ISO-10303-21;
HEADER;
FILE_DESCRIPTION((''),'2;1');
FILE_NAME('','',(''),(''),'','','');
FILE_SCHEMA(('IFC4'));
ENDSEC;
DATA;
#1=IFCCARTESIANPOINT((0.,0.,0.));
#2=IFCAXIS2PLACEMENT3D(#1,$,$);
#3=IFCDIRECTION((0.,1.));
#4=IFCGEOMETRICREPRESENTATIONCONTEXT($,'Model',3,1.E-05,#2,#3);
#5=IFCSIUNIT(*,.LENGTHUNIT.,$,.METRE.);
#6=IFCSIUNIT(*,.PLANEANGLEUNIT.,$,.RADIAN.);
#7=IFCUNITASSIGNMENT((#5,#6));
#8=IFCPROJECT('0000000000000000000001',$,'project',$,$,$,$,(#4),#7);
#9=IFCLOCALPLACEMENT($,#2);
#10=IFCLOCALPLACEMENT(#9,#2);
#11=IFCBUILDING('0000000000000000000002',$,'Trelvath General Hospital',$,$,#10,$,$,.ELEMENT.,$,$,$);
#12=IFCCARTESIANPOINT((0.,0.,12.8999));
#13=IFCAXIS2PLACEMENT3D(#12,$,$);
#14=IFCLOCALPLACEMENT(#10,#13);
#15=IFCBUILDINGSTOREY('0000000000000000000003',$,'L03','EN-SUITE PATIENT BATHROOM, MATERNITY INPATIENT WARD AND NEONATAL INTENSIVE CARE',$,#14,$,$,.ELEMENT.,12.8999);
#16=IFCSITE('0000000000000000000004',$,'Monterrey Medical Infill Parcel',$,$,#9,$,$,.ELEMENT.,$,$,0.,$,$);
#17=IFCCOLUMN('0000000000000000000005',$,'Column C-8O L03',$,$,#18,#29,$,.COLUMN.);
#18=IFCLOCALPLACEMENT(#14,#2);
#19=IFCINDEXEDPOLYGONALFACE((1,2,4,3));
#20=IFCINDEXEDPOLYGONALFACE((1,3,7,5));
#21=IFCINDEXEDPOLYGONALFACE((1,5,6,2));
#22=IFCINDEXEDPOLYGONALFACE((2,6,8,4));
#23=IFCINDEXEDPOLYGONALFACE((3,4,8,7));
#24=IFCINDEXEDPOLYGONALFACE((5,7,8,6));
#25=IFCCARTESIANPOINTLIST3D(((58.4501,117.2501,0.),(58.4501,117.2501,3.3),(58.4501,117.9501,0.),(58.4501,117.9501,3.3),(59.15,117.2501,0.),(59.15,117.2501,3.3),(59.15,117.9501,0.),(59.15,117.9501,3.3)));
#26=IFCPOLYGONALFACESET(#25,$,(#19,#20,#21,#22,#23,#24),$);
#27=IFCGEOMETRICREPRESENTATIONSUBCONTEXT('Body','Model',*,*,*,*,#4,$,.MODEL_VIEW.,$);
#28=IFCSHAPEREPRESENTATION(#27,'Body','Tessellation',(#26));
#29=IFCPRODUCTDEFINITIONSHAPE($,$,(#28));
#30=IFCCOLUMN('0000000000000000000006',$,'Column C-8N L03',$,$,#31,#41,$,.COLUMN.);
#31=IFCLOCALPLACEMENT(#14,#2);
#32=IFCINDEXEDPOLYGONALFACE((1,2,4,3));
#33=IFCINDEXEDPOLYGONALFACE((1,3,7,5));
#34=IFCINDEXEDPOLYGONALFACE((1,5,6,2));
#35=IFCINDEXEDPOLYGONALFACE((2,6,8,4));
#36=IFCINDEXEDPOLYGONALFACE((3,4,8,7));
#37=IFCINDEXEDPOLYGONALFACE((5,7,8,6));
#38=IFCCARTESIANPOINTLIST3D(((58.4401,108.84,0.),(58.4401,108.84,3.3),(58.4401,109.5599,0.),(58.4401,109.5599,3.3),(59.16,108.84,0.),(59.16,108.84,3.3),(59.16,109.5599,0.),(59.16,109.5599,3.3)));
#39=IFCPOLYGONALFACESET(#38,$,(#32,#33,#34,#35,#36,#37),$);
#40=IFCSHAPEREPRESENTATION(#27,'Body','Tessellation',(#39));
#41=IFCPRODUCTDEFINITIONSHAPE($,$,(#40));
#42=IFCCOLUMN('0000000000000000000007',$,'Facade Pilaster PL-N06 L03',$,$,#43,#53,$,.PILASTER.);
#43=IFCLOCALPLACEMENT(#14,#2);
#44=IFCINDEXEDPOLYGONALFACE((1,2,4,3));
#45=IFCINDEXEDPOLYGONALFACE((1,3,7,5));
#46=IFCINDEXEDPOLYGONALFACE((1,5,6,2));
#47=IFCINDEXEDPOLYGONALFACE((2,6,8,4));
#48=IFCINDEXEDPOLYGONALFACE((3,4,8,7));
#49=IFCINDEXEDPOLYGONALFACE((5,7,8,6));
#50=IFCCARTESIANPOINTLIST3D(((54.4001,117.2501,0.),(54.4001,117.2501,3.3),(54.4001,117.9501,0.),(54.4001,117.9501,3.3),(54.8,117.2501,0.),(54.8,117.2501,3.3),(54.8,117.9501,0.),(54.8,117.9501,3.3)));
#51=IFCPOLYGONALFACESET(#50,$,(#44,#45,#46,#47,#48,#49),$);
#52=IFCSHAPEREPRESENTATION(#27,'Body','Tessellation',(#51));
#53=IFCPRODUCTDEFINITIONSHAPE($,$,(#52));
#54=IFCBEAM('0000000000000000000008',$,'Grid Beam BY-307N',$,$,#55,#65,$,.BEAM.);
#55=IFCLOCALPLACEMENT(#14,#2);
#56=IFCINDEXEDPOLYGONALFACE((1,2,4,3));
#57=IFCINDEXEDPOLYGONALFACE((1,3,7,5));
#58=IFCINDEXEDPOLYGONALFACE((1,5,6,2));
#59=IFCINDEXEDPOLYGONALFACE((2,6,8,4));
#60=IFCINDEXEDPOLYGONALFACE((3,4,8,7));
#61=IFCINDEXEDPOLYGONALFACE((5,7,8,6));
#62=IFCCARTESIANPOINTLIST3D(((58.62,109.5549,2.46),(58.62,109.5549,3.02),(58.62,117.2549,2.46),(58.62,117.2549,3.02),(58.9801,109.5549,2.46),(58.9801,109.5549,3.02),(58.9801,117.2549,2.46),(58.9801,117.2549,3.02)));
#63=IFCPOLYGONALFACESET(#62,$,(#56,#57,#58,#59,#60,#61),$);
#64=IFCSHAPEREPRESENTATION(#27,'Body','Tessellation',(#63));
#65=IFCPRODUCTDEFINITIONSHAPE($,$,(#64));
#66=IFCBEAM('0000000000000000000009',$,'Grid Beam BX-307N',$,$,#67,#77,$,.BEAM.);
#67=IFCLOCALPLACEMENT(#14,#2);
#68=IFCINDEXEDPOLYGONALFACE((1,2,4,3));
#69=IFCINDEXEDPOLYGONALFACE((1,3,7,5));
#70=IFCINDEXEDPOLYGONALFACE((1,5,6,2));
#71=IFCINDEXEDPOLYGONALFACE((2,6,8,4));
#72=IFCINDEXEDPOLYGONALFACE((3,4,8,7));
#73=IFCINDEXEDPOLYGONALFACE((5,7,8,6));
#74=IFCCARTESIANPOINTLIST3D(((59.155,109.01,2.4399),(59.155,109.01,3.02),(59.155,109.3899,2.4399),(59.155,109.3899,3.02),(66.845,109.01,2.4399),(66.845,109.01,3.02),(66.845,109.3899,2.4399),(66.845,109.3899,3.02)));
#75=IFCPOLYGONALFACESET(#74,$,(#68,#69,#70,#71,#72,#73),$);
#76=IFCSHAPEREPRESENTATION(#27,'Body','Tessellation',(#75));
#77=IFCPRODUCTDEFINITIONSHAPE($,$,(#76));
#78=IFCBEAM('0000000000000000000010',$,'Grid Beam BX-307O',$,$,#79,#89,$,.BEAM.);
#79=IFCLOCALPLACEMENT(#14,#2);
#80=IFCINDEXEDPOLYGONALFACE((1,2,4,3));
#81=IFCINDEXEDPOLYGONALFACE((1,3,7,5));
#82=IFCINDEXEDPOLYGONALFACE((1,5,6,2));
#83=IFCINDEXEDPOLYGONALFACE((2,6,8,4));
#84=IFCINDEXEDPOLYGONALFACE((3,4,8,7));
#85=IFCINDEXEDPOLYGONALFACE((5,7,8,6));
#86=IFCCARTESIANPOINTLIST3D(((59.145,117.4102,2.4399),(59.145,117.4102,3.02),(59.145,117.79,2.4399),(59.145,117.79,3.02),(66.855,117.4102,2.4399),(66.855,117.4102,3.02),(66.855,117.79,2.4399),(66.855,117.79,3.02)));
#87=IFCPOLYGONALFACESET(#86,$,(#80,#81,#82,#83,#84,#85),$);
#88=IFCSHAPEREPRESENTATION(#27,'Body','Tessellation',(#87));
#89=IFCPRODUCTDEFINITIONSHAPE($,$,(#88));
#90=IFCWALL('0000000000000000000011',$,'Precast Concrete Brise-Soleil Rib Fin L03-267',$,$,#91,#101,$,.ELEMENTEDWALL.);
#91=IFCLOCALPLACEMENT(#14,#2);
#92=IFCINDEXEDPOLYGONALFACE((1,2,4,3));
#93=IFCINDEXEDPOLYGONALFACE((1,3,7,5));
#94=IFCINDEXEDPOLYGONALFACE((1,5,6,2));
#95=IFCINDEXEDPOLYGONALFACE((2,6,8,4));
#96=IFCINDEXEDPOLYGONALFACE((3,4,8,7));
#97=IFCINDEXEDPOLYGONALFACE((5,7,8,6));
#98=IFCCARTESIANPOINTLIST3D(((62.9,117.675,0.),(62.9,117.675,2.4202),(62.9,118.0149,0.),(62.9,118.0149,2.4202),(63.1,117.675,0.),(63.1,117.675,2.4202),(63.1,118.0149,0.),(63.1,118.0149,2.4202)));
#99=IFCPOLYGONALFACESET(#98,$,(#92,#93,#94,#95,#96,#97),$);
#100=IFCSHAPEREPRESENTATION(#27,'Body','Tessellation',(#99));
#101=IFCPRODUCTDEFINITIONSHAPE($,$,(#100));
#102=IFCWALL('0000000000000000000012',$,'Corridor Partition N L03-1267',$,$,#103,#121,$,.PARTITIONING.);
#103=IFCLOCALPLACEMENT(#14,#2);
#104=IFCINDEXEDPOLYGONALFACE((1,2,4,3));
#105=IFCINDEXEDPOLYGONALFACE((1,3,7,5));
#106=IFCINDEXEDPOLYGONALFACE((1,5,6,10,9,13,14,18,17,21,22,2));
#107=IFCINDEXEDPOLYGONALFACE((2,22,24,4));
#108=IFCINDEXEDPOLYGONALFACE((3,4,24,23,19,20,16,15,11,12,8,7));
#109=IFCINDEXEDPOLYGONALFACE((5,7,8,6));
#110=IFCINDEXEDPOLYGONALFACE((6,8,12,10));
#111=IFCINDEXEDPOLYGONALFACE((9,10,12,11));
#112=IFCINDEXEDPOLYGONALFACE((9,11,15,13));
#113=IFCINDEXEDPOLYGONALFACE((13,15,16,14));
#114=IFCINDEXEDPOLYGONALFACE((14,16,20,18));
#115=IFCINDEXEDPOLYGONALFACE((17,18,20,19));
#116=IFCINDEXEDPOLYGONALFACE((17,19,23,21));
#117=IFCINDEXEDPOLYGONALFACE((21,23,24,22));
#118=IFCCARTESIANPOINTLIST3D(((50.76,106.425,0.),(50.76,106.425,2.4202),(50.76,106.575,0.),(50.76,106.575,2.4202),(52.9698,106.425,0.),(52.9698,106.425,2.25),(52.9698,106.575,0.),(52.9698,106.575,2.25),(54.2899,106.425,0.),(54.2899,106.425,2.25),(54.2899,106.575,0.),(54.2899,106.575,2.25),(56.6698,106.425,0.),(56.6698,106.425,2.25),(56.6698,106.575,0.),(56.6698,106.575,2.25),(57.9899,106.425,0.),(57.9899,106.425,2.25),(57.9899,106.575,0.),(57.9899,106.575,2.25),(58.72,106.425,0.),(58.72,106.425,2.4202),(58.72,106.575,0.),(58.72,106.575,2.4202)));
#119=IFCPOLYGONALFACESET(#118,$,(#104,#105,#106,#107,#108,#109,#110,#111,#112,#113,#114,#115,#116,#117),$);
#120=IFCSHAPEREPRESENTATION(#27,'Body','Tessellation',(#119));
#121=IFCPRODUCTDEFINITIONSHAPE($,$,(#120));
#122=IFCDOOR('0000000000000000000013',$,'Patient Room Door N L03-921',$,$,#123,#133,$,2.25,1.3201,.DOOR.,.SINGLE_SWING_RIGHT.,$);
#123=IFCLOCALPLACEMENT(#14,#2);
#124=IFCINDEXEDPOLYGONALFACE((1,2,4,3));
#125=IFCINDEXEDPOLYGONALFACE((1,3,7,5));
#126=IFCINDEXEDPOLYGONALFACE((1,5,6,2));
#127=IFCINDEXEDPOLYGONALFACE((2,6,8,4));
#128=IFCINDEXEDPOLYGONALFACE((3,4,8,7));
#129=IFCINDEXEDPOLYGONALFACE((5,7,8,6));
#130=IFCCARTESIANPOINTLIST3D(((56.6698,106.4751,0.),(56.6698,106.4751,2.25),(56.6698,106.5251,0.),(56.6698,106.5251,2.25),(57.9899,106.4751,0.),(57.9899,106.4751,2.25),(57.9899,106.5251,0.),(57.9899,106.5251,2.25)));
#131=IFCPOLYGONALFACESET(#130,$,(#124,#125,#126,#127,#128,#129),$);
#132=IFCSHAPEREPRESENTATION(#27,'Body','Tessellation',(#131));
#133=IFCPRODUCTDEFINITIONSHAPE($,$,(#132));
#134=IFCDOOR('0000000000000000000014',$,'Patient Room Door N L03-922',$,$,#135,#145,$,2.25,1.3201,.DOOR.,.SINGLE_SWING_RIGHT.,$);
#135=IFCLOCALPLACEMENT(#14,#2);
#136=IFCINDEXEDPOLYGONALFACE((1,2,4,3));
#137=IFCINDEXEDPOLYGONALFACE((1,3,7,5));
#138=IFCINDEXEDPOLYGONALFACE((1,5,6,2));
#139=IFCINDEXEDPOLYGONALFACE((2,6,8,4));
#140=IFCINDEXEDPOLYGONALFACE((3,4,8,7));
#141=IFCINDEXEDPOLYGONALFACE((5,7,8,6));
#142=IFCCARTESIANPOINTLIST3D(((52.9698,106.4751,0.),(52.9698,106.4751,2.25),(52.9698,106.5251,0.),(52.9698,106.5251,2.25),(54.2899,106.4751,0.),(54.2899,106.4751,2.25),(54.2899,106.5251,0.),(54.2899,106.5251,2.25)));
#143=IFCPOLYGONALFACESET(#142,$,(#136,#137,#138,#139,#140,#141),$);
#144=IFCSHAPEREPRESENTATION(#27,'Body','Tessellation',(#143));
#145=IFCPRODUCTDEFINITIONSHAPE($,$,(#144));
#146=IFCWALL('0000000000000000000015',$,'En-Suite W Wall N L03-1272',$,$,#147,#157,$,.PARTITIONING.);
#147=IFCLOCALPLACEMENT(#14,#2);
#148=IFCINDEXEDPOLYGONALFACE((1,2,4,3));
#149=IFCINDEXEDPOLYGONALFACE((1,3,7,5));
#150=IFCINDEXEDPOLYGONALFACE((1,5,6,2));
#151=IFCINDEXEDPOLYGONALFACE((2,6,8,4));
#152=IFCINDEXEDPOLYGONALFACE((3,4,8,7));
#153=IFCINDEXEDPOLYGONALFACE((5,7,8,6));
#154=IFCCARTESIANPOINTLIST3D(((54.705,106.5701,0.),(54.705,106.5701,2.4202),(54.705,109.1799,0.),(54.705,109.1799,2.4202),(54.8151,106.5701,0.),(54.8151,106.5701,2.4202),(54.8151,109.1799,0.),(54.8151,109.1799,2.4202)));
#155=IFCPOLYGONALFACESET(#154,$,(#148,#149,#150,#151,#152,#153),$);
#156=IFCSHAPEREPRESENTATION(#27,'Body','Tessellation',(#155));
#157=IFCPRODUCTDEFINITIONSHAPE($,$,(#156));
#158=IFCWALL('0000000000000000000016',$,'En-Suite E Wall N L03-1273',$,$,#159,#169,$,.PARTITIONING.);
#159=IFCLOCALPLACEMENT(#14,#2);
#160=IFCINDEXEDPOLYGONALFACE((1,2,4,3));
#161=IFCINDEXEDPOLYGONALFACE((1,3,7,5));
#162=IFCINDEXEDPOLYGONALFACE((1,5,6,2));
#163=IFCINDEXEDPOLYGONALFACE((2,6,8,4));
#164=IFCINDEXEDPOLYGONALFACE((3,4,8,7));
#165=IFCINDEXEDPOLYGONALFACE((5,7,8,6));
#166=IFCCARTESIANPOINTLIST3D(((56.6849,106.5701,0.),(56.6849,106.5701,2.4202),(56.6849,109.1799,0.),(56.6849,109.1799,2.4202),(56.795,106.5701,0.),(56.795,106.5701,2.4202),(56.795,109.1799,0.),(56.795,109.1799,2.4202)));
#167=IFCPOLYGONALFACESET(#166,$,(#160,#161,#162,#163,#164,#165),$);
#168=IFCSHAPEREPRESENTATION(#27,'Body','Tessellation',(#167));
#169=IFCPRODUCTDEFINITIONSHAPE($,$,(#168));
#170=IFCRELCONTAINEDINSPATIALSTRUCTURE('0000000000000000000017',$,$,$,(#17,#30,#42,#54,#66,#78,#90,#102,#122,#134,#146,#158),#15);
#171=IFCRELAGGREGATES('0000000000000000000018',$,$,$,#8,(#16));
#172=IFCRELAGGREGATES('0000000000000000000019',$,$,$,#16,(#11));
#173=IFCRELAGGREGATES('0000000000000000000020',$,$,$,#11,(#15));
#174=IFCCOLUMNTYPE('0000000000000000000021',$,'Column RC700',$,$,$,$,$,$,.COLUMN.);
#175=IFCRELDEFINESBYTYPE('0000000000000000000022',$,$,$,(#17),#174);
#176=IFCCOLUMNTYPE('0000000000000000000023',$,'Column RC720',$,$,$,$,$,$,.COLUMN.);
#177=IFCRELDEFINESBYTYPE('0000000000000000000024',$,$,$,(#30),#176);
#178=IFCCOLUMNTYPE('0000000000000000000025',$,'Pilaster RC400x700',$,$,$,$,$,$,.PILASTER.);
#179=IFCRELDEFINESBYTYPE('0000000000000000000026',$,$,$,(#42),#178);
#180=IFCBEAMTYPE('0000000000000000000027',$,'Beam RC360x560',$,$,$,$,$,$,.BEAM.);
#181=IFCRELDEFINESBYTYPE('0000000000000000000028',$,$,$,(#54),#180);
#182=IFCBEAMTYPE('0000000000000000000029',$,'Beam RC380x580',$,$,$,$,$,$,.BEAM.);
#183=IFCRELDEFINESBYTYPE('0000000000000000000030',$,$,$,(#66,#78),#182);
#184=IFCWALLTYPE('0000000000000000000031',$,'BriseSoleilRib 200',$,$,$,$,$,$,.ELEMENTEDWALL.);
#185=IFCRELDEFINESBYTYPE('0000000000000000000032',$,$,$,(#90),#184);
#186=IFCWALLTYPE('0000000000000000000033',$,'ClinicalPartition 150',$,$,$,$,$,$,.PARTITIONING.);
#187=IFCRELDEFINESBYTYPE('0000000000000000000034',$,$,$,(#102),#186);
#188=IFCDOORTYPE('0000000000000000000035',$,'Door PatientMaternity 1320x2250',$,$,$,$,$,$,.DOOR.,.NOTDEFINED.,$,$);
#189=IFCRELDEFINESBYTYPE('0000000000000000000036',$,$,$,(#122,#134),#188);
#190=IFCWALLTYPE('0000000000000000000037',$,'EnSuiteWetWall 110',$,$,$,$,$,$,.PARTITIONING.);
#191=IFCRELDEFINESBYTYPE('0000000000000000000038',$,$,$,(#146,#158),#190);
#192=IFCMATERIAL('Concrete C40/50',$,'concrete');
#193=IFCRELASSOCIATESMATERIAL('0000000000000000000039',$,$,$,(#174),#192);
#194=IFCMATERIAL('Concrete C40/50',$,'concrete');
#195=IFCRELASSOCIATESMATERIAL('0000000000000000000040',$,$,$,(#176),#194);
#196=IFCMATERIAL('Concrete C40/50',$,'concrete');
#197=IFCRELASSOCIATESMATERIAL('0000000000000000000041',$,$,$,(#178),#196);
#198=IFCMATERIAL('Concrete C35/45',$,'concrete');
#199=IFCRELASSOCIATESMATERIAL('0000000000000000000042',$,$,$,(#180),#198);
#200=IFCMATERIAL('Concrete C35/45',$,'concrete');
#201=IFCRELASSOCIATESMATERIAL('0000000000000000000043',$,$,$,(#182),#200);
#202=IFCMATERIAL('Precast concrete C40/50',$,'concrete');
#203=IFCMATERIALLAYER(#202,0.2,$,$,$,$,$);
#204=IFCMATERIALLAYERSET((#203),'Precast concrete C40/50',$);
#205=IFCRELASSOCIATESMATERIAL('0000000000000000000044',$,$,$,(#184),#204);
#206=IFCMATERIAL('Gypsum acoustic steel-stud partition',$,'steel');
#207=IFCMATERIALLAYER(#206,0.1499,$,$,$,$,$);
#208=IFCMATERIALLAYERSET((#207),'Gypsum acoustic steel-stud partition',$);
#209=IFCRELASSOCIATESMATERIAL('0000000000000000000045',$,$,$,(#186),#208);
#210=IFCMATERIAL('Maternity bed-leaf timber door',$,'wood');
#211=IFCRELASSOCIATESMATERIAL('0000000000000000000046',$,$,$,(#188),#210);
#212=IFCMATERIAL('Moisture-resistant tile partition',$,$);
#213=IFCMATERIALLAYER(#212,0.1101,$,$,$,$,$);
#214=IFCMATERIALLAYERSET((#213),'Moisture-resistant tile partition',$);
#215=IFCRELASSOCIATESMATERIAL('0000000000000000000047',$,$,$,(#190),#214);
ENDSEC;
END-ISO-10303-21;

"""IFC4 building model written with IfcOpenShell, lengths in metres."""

from ifc_helpers import new_model, si_unit, direction, frame, frame_2d, origin, origin_2d, place, context, subcontext, project, spatial, rectangle, extrude, material, layer, layer_set, material_profile, profile_set, type_object, element, fill, save


model = new_model("IFC4")

# Units and contexts
model_context = context("Model", 3, precision=1e-05, world=origin(), true_north=direction((0.0, 1.0)))
body_context = subcontext(model_context, "Body", "Model", "MODEL_VIEW")
ifc_project = project(units=[si_unit("LENGTHUNIT", "METRE"), si_unit("PLANEANGLEUNIT", "RADIAN")], contexts=[model_context])

# Site, building, storey
site_placement = place(None, origin())
site = spatial("IfcSite", under=ifc_project, at=site_placement, Name="Monterrey Medical Infill Parcel", CompositionType="ELEMENT", RefElevation=0.0)
building_placement = place(site_placement, origin())
building = spatial("IfcBuilding", under=site, at=building_placement, Name="Trelvath General Hospital", CompositionType="ELEMENT")
storey_placement = place(building_placement, frame((0.0, 0.0, 12.8999)))
storey = spatial("IfcBuildingStorey", under=building, at=storey_placement, Name="L03", Description="EN-SUITE PATIENT BATHROOM, MATERNITY INPATIENT WARD AND NEONATAL INTENSIVE CARE", CompositionType="ELEMENT", Elevation=12.8999)

# Columns
ifc_material_1 = material(Name="Concrete C40/50", Category="concrete")
ifc_material_profile_1 = material_profile(ifc_material_1, rectangle(XDim=0.7, YDim=0.7, at=origin_2d()), Name="RC700x700")
ifc_profile_set_1 = profile_set([ifc_material_profile_1], Name="Concrete C40/50")
column_type_1 = type_object("IfcColumnType", Name="Column RC700", PredefinedType="COLUMN", material=ifc_profile_set_1)
column_1_placement = place(storey_placement, frame((58.8, 117.6001, 0.0), z_axis=(0.0, 0.0, 1.0), x_axis=(1.0, 0.0, 0.0)))
element("IfcColumn", 1, at=column_1_placement, inside=storey, type_object=column_type_1, Name="Column C-8O L03", PredefinedType="COLUMN", context=body_context, shape_type="SweptSolid", body=[
    extrude(rectangle(XDim=0.7, YDim=0.7, at=origin_2d()), origin(), (0.0, 0.0, 1.0), 3.3),
])
ifc_material_2 = material(Name="Concrete C40/50", Category="concrete")
ifc_material_profile_2 = material_profile(ifc_material_2, rectangle(XDim=0.72, YDim=0.72, at=origin_2d()), Name="RC720x720")
ifc_profile_set_2 = profile_set([ifc_material_profile_2], Name="Concrete C40/50")
column_type_2 = type_object("IfcColumnType", Name="Column RC720", PredefinedType="COLUMN", material=ifc_profile_set_2)
column_2_placement = place(storey_placement, frame((58.8, 109.2, 0.0), z_axis=(0.0, 0.0, 1.0), x_axis=(1.0, 0.0, 0.0)))
element("IfcColumn", 2, at=column_2_placement, inside=storey, type_object=column_type_2, Name="Column C-8N L03", PredefinedType="COLUMN", context=body_context, shape_type="SweptSolid", body=[
    extrude(rectangle(XDim=0.72, YDim=0.72, at=origin_2d()), origin(), (0.0, 0.0, 1.0), 3.3),
])
ifc_material_3 = material(Name="Concrete C40/50", Category="concrete")
ifc_material_profile_3 = material_profile(ifc_material_3, rectangle(XDim=0.3999, YDim=0.7, at=origin_2d()), Name="RC400x700")
ifc_profile_set_3 = profile_set([ifc_material_profile_3], Name="Concrete C40/50")
column_type_3 = type_object("IfcColumnType", Name="Pilaster RC400x700", PredefinedType="PILASTER", material=ifc_profile_set_3)
column_3_placement = place(storey_placement, frame((54.6001, 117.6001, 0.0), z_axis=(0.0, 0.0, 1.0), x_axis=(1.0, 0.0, 0.0)))
element("IfcColumn", 3, at=column_3_placement, inside=storey, type_object=column_type_3, Name="Facade Pilaster PL-N06 L03", PredefinedType="PILASTER", context=body_context, shape_type="SweptSolid", body=[
    extrude(rectangle(XDim=0.3999, YDim=0.7, at=origin_2d()), origin(), (0.0, 0.0, 1.0), 3.3),
])

# Beams
ifc_material_4 = material(Name="Concrete C35/45", Category="concrete")
ifc_material_profile_4 = material_profile(ifc_material_4, rectangle(XDim=0.3601, YDim=0.5601, at=origin_2d()), Name="RCB360x560")
ifc_profile_set_4 = profile_set([ifc_material_profile_4], Name="Concrete C35/45")
beam_type_1 = type_object("IfcBeamType", Name="Beam RC360x560", PredefinedType="BEAM", material=ifc_profile_set_4)
beam_1_placement = place(storey_placement, frame((58.8, 109.5549, 2.74), z_axis=(0.0, 1.0, 0.0), x_axis=(-1.0, 0.0, 0.0)))
element("IfcBeam", 4, at=beam_1_placement, inside=storey, type_object=beam_type_1, Name="Grid Beam BY-307N", PredefinedType="BEAM", context=body_context, shape_type="SweptSolid", body=[
    extrude(rectangle(XDim=0.3601, YDim=0.5601, at=origin_2d()), origin(), (0.0, 0.0, 1.0), 7.7),
])
ifc_material_5 = material(Name="Concrete C35/45", Category="concrete")
ifc_material_profile_5 = material_profile(ifc_material_5, rectangle(XDim=0.3799, YDim=0.5801, at=origin_2d()), Name="RCB380x580")
ifc_profile_set_5 = profile_set([ifc_material_profile_5], Name="Concrete C35/45")
beam_type_2 = type_object("IfcBeamType", Name="Beam RC380x580", PredefinedType="BEAM", material=ifc_profile_set_5)
beam_2_placement = place(storey_placement, frame((59.155, 109.2, 2.73), z_axis=(1.0, 0.0, 0.0), x_axis=(0.0, 1.0, 0.0)))
element("IfcBeam", 5, at=beam_2_placement, inside=storey, type_object=beam_type_2, Name="Grid Beam BX-307N", PredefinedType="BEAM", context=body_context, shape_type="SweptSolid", body=[
    extrude(rectangle(XDim=0.3799, YDim=0.5801, at=origin_2d()), origin(), (0.0, 0.0, 1.0), 7.6899),
])
beam_3_placement = place(storey_placement, frame((59.145, 117.6001, 2.73), z_axis=(1.0, 0.0, 0.0), x_axis=(0.0, 1.0, 0.0)))
element("IfcBeam", 6, at=beam_3_placement, inside=storey, type_object=beam_type_2, Name="Grid Beam BX-307O", PredefinedType="BEAM", context=body_context, shape_type="SweptSolid", body=[
    extrude(rectangle(XDim=0.3799, YDim=0.5801, at=origin_2d()), origin(), (0.0, 0.0, 1.0), 7.71),
])

# Wall
ifc_material_6 = material(Name="Precast concrete C40/50", Category="concrete")
ifc_layer_1 = layer(ifc_material_6, 0.2)
ifc_layer_set_1 = layer_set([ifc_layer_1], Name="Precast concrete C40/50")
wall_type_1 = type_object("IfcWallType", Name="BriseSoleilRib 200", PredefinedType="ELEMENTEDWALL", material=ifc_layer_set_1)
wall_1_placement = place(storey_placement, frame((63.0, 117.675, 0.0), z_axis=(0.0, 0.0, 1.0), x_axis=(0.0, 1.0, 0.0)))
element("IfcWall", 7, at=wall_1_placement, inside=storey, type_object=wall_type_1, Name="Precast Concrete Brise-Soleil Rib Fin L03-267", PredefinedType="ELEMENTEDWALL", context=body_context, shape_type="SweptSolid", body=[
    extrude(rectangle(XDim=0.3398, YDim=0.2, at=frame_2d((0.1699, 0.0))), origin(), (0.0, 0.0, 1.0), 2.4202),
])

# Wall, openings, doors
ifc_material_7 = material(Name="Gypsum acoustic steel-stud partition", Category="steel")
ifc_layer_2 = layer(ifc_material_7, 0.1499)
ifc_layer_set_2 = layer_set([ifc_layer_2], Name="Gypsum acoustic steel-stud partition")
wall_type_2 = type_object("IfcWallType", Name="ClinicalPartition 150", PredefinedType="PARTITIONING", material=ifc_layer_set_2)
wall_2_placement = place(storey_placement, frame((58.72, 106.5, 0.0), z_axis=(0.0, 0.0, 1.0), x_axis=(-1.0, 0.0, 0.0)))
wall_2 = element("IfcWall", 8, at=wall_2_placement, inside=storey, type_object=wall_type_2, Name="Corridor Partition N L03-1267", PredefinedType="PARTITIONING", context=body_context, shape_type="SweptSolid", body=[
    extrude(rectangle(XDim=7.96, YDim=0.1499, at=frame_2d((3.98, 0.0))), origin(), (0.0, 0.0, 1.0), 2.4202),
])
opening_1_placement = place(wall_2_placement, frame((0.73, 0.0, 0.0)))
opening_1 = element("IfcOpeningElement", 9, at=opening_1_placement, cuts=wall_2, PredefinedType="OPENING", context=body_context, shape_type="SweptSolid", body=[
    extrude(rectangle(XDim=1.3201, YDim=2.25, at=frame_2d((0.6602, 1.125))), frame((0.0, 0.085, 0.0), z_axis=(0.0, -1.0, 0.0), x_axis=(1.0, 0.0, 0.0)), (0.0, 0.0, 1.0), 0.1699),
])
opening_2_placement = place(wall_2_placement, frame((4.4299, 0.0, 0.0)))
opening_2 = element("IfcOpeningElement", 10, at=opening_2_placement, cuts=wall_2, PredefinedType="OPENING", context=body_context, shape_type="SweptSolid", body=[
    extrude(rectangle(XDim=1.3201, YDim=2.25, at=frame_2d((0.6602, 1.125))), frame((0.0, 0.085, 0.0), z_axis=(0.0, -1.0, 0.0), x_axis=(1.0, 0.0, 0.0)), (0.0, 0.0, 1.0), 0.1699),
])
ifc_material_8 = material(Name="Maternity bed-leaf timber door", Category="wood")
door_type_1 = type_object("IfcDoorType", Name="Door PatientMaternity 1320x2250", OperationType="NOTDEFINED", PredefinedType="DOOR", material=ifc_material_8)
door_1_placement = place(opening_1_placement, origin())
door_1 = element("IfcDoor", 11, at=door_1_placement, inside=storey, type_object=door_type_1, Name="Patient Room Door N L03-921", OperationType="SINGLE_SWING_RIGHT", OverallHeight=2.25, OverallWidth=1.3201, PredefinedType="DOOR", context=body_context, shape_type="SweptSolid", body=[
    extrude(rectangle(XDim=1.3201, YDim=2.25, at=frame_2d((0.6602, 1.125))), frame((0.0, 0.0249, 0.0), z_axis=(0.0, -1.0, 0.0), x_axis=(1.0, 0.0, 0.0)), (0.0, 0.0, 1.0), 0.05),
])
fill(opening_1, door_1)
door_2_placement = place(opening_2_placement, origin())
door_2 = element("IfcDoor", 12, at=door_2_placement, inside=storey, type_object=door_type_1, Name="Patient Room Door N L03-922", OperationType="SINGLE_SWING_RIGHT", OverallHeight=2.25, OverallWidth=1.3201, PredefinedType="DOOR", context=body_context, shape_type="SweptSolid", body=[
    extrude(rectangle(XDim=1.3201, YDim=2.25, at=frame_2d((0.6602, 1.125))), frame((0.0, 0.0249, 0.0), z_axis=(0.0, -1.0, 0.0), x_axis=(1.0, 0.0, 0.0)), (0.0, 0.0, 1.0), 0.05),
])
fill(opening_2, door_2)

# Walls
ifc_material_9 = material(Name="Moisture-resistant tile partition")
ifc_layer_3 = layer(ifc_material_9, 0.1101)
ifc_layer_set_3 = layer_set([ifc_layer_3], Name="Moisture-resistant tile partition")
wall_type_3 = type_object("IfcWallType", Name="EnSuiteWetWall 110", PredefinedType="PARTITIONING", material=ifc_layer_set_3)
for number, where, z_axis, x_axis, name in (
    (13, (54.76, 106.5701, 0.0), (0.0, 0.0, 1.0), (0.0, 1.0, 0.0), "En-Suite W Wall N L03-1272"),
    (14, (56.74, 106.5701, 0.0), (0.0, 0.0, 1.0), (0.0, 1.0, 0.0), "En-Suite E Wall N L03-1273"),
):
    element("IfcWall", number, at=place(storey_placement, frame(where, z_axis=z_axis, x_axis=x_axis)), inside=storey, type_object=wall_type_3, Name=name, PredefinedType="PARTITIONING", context=body_context, shape_type="SweptSolid", body=[
        extrude(rectangle(XDim=2.6099, YDim=0.1101, at=frame_2d((1.3049, 0.0))), origin(), (0.0, 0.0, 1.0), 2.4202),
    ])

save(model, "model.ifc")
